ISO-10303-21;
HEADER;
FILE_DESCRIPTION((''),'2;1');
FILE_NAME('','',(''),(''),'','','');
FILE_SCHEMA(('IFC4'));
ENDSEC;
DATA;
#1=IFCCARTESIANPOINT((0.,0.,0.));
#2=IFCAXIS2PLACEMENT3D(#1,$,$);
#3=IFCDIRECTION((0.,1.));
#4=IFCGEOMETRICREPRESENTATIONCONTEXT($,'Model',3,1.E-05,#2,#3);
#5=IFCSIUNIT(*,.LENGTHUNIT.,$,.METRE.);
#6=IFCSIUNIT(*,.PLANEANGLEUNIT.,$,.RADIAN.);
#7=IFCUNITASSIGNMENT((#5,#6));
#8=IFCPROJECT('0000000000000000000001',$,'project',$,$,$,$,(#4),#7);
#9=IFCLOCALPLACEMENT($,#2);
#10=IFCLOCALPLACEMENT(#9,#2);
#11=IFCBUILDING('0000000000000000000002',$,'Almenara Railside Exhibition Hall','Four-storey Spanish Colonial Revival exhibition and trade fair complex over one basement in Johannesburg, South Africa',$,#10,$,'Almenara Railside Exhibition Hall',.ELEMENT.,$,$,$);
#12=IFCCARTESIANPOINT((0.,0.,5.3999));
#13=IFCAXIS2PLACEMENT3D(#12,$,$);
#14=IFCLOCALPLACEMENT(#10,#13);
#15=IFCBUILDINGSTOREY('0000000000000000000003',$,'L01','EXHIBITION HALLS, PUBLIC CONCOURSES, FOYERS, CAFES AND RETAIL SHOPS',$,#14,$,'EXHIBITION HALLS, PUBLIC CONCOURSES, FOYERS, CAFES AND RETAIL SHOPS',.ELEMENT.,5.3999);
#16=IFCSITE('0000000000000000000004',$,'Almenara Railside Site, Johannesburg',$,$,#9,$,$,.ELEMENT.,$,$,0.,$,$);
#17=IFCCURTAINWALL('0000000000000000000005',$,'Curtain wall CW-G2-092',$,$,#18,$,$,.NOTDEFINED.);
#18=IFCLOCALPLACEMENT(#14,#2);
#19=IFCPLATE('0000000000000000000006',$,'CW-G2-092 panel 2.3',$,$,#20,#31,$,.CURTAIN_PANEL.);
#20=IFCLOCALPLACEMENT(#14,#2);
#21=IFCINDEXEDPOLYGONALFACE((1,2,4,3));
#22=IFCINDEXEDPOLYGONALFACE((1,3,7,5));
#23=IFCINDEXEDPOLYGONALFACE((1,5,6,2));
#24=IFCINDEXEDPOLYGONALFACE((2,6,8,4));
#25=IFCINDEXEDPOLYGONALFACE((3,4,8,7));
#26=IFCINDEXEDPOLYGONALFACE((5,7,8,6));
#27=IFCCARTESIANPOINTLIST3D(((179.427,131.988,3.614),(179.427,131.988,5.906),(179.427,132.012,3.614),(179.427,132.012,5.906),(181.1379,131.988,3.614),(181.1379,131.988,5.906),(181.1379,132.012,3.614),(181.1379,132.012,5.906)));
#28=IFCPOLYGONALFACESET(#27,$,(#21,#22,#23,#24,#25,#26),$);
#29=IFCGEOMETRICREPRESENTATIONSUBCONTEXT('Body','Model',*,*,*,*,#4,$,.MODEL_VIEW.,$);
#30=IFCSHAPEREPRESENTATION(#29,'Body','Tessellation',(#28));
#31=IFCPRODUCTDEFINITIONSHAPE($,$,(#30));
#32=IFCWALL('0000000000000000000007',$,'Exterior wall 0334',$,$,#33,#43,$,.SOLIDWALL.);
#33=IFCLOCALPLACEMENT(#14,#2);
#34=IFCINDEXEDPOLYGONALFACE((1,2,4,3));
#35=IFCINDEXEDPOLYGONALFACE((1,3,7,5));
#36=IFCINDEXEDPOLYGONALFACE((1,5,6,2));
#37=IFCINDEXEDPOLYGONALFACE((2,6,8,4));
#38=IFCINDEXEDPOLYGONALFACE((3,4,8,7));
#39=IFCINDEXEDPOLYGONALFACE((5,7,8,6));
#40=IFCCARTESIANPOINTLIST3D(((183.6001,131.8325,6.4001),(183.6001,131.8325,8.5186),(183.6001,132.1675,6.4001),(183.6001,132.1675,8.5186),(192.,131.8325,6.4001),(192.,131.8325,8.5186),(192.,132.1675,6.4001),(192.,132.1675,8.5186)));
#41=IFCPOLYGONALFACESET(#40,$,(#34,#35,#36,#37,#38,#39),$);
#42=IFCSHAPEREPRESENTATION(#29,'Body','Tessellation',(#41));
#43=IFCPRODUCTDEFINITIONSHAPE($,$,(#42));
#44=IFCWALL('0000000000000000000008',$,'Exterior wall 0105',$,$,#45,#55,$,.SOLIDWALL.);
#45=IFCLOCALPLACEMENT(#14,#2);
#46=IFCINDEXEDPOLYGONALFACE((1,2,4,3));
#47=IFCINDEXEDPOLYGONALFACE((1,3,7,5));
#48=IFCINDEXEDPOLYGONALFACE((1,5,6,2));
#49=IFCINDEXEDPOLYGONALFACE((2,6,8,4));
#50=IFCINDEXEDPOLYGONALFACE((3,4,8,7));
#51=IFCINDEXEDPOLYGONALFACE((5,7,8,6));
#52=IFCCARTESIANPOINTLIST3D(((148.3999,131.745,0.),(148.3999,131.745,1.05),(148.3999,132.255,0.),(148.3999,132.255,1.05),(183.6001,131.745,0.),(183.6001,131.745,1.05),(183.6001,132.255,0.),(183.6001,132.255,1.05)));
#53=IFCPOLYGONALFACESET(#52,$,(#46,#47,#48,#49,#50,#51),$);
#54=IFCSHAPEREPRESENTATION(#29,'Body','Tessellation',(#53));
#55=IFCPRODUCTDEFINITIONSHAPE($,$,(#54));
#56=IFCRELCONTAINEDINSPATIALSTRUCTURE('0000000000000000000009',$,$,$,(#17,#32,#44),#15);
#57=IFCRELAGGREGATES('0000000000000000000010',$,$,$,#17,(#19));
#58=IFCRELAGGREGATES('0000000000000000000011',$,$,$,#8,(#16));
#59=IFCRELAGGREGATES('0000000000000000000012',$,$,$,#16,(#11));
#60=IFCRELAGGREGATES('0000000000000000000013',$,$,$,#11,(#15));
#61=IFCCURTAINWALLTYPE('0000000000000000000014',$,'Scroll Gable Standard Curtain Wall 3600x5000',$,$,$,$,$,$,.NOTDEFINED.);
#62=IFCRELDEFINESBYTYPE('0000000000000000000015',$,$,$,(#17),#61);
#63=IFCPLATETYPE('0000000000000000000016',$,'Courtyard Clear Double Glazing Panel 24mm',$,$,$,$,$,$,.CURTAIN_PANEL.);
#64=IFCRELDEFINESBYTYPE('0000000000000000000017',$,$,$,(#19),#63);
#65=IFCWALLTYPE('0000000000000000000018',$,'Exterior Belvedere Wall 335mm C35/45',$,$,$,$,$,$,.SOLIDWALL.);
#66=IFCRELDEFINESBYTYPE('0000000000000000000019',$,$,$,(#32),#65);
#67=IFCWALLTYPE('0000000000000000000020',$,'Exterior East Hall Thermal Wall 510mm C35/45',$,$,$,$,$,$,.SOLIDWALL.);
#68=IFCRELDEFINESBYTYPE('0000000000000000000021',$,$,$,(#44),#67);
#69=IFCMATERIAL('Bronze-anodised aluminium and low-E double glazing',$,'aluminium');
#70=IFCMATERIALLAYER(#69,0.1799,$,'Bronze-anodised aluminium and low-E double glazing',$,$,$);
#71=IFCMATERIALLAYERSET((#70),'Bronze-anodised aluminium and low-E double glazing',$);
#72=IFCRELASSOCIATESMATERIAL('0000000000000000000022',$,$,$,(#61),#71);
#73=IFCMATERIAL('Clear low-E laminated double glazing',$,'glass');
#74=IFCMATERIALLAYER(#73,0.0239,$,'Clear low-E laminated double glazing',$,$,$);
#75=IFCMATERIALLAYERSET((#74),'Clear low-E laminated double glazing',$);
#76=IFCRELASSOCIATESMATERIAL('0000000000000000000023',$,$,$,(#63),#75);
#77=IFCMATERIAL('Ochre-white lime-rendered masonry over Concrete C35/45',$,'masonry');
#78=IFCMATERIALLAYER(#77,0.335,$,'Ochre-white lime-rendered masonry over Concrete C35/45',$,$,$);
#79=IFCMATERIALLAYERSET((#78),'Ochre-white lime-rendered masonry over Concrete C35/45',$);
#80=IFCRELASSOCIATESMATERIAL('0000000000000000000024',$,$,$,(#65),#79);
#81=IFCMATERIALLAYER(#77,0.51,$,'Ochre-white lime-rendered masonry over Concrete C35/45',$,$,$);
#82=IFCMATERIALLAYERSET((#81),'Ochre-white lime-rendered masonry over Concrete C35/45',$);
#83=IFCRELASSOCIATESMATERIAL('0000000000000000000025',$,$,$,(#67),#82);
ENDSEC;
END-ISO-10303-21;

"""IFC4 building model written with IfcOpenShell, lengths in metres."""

from ifc_helpers import new_model, si_unit, direction, frame, frame_2d, origin, origin_2d, place, context, subcontext, project, spatial, rectangle, extrude, material, layer, layer_set, type_object, element, aggregate, save


model = new_model("IFC4")

# Units and contexts
model_context = context("Model", 3, precision=1e-05, world=origin(), true_north=direction((0.0, 1.0)))
body_context = subcontext(model_context, "Body", "Model", "MODEL_VIEW")
ifc_project = project(units=[si_unit("LENGTHUNIT", "METRE"), si_unit("PLANEANGLEUNIT", "RADIAN")], contexts=[model_context])

# Site, building, storey
site_placement = place(None, origin())
site = spatial("IfcSite", under=ifc_project, at=site_placement, Name="Almenara Railside Site, Johannesburg", CompositionType="ELEMENT", RefElevation=0.0)
building_placement = place(site_placement, origin())
building = spatial("IfcBuilding", under=site, at=building_placement, Name="Almenara Railside Exhibition Hall", Description="Four-storey Spanish Colonial Revival exhibition and trade fair complex over one basement in Johannesburg, South Africa", LongName="Almenara Railside Exhibition Hall", CompositionType="ELEMENT")
storey_placement = place(building_placement, frame((0.0, 0.0, 5.3999)))
storey = spatial("IfcBuildingStorey", under=building, at=storey_placement, Name="L01", Description="EXHIBITION HALLS, PUBLIC CONCOURSES, FOYERS, CAFES AND RETAIL SHOPS", LongName="EXHIBITION HALLS, PUBLIC CONCOURSES, FOYERS, CAFES AND RETAIL SHOPS", CompositionType="ELEMENT", Elevation=5.3999)

# Shared definitions
ifc_material_1 = material(Name="Bronze-anodised aluminium and low-E double glazing", Category="aluminium")

# Curtain wall
ifc_layer_1 = layer(ifc_material_1, 0.1799, Name="Bronze-anodised aluminium and low-E double glazing")
ifc_layer_set_1 = layer_set([ifc_layer_1], Name="Bronze-anodised aluminium and low-E double glazing")
curtain_wall_type_1 = type_object("IfcCurtainWallType", Name="Scroll Gable Standard Curtain Wall 3600x5000", PredefinedType="NOTDEFINED", material=ifc_layer_set_1)
curtain_wall_1_placement = place(storey_placement, origin())
curtain_wall_1 = element("IfcCurtainWall", 1, at=curtain_wall_1_placement, inside=storey, type_object=curtain_wall_type_1, Name="Curtain wall CW-G2-092", PredefinedType="NOTDEFINED")

# Plate
ifc_material_2 = material(Name="Clear low-E laminated double glazing", Category="glass")
ifc_layer_2 = layer(ifc_material_2, 0.0239, Name="Clear low-E laminated double glazing")
ifc_layer_set_2 = layer_set([ifc_layer_2], Name="Clear low-E laminated double glazing")
plate_type = type_object("IfcPlateType", Name="Courtyard Clear Double Glazing Panel 24mm", PredefinedType="CURTAIN_PANEL", material=ifc_layer_set_2)
plate_1_placement = place(storey_placement, frame((180.2825, 132.0, 3.614), z_axis=(0.0, 0.0, 1.0), x_axis=(1.0, 0.0, 0.0)))
plate_1 = element("IfcPlate", 2, at=plate_1_placement, type_object=plate_type, Name="CW-G2-092 panel 2.3", PredefinedType="CURTAIN_PANEL", context=body_context, shape_type="SweptSolid", body=[
    extrude(rectangle(XDim=1.7109, YDim=0.0239, at=origin_2d()), origin(), (0.0, 0.0, 1.0), 2.292),
])
aggregate(curtain_wall_1, [plate_1])

# Walls
ifc_material_3 = material(Name="Ochre-white lime-rendered masonry over Concrete C35/45", Category="masonry")
ifc_layer_3 = layer(ifc_material_3, 0.335, Name="Ochre-white lime-rendered masonry over Concrete C35/45")
ifc_layer_set_3 = layer_set([ifc_layer_3], Name="Ochre-white lime-rendered masonry over Concrete C35/45")
wall_type_1 = type_object("IfcWallType", Name="Exterior Belvedere Wall 335mm C35/45", PredefinedType="SOLIDWALL", material=ifc_layer_set_3)
wall_1_placement = place(storey_placement, frame((183.6001, 132.0, 6.4001), z_axis=(0.0, 0.0, 1.0), x_axis=(1.0, 0.0, 0.0)))
element("IfcWall", 3, at=wall_1_placement, inside=storey, type_object=wall_type_1, Name="Exterior wall 0334", PredefinedType="SOLIDWALL", context=body_context, shape_type="SweptSolid", body=[
    extrude(rectangle(XDim=8.3999, YDim=0.335, at=frame_2d((4.2, 0.0))), origin(), (0.0, 0.0, 1.0), 2.1184),
])
ifc_layer_4 = layer(ifc_material_3, 0.51, Name="Ochre-white lime-rendered masonry over Concrete C35/45")
ifc_layer_set_4 = layer_set([ifc_layer_4], Name="Ochre-white lime-rendered masonry over Concrete C35/45")
wall_type_2 = type_object("IfcWallType", Name="Exterior East Hall Thermal Wall 510mm C35/45", PredefinedType="SOLIDWALL", material=ifc_layer_set_4)
wall_2_placement = place(storey_placement, frame((183.6001, 132.0, 0.0), z_axis=(0.0, 0.0, 1.0), x_axis=(-1.0, 0.0, 0.0)))
element("IfcWall", 4, at=wall_2_placement, inside=storey, type_object=wall_type_2, Name="Exterior wall 0105", PredefinedType="SOLIDWALL", context=body_context, shape_type="SweptSolid", body=[
    extrude(rectangle(XDim=35.2002, YDim=0.51, at=frame_2d((17.6001, 0.0))), origin(), (0.0, 0.0, 1.0), 1.05),
])

save(model, "model.ifc")
